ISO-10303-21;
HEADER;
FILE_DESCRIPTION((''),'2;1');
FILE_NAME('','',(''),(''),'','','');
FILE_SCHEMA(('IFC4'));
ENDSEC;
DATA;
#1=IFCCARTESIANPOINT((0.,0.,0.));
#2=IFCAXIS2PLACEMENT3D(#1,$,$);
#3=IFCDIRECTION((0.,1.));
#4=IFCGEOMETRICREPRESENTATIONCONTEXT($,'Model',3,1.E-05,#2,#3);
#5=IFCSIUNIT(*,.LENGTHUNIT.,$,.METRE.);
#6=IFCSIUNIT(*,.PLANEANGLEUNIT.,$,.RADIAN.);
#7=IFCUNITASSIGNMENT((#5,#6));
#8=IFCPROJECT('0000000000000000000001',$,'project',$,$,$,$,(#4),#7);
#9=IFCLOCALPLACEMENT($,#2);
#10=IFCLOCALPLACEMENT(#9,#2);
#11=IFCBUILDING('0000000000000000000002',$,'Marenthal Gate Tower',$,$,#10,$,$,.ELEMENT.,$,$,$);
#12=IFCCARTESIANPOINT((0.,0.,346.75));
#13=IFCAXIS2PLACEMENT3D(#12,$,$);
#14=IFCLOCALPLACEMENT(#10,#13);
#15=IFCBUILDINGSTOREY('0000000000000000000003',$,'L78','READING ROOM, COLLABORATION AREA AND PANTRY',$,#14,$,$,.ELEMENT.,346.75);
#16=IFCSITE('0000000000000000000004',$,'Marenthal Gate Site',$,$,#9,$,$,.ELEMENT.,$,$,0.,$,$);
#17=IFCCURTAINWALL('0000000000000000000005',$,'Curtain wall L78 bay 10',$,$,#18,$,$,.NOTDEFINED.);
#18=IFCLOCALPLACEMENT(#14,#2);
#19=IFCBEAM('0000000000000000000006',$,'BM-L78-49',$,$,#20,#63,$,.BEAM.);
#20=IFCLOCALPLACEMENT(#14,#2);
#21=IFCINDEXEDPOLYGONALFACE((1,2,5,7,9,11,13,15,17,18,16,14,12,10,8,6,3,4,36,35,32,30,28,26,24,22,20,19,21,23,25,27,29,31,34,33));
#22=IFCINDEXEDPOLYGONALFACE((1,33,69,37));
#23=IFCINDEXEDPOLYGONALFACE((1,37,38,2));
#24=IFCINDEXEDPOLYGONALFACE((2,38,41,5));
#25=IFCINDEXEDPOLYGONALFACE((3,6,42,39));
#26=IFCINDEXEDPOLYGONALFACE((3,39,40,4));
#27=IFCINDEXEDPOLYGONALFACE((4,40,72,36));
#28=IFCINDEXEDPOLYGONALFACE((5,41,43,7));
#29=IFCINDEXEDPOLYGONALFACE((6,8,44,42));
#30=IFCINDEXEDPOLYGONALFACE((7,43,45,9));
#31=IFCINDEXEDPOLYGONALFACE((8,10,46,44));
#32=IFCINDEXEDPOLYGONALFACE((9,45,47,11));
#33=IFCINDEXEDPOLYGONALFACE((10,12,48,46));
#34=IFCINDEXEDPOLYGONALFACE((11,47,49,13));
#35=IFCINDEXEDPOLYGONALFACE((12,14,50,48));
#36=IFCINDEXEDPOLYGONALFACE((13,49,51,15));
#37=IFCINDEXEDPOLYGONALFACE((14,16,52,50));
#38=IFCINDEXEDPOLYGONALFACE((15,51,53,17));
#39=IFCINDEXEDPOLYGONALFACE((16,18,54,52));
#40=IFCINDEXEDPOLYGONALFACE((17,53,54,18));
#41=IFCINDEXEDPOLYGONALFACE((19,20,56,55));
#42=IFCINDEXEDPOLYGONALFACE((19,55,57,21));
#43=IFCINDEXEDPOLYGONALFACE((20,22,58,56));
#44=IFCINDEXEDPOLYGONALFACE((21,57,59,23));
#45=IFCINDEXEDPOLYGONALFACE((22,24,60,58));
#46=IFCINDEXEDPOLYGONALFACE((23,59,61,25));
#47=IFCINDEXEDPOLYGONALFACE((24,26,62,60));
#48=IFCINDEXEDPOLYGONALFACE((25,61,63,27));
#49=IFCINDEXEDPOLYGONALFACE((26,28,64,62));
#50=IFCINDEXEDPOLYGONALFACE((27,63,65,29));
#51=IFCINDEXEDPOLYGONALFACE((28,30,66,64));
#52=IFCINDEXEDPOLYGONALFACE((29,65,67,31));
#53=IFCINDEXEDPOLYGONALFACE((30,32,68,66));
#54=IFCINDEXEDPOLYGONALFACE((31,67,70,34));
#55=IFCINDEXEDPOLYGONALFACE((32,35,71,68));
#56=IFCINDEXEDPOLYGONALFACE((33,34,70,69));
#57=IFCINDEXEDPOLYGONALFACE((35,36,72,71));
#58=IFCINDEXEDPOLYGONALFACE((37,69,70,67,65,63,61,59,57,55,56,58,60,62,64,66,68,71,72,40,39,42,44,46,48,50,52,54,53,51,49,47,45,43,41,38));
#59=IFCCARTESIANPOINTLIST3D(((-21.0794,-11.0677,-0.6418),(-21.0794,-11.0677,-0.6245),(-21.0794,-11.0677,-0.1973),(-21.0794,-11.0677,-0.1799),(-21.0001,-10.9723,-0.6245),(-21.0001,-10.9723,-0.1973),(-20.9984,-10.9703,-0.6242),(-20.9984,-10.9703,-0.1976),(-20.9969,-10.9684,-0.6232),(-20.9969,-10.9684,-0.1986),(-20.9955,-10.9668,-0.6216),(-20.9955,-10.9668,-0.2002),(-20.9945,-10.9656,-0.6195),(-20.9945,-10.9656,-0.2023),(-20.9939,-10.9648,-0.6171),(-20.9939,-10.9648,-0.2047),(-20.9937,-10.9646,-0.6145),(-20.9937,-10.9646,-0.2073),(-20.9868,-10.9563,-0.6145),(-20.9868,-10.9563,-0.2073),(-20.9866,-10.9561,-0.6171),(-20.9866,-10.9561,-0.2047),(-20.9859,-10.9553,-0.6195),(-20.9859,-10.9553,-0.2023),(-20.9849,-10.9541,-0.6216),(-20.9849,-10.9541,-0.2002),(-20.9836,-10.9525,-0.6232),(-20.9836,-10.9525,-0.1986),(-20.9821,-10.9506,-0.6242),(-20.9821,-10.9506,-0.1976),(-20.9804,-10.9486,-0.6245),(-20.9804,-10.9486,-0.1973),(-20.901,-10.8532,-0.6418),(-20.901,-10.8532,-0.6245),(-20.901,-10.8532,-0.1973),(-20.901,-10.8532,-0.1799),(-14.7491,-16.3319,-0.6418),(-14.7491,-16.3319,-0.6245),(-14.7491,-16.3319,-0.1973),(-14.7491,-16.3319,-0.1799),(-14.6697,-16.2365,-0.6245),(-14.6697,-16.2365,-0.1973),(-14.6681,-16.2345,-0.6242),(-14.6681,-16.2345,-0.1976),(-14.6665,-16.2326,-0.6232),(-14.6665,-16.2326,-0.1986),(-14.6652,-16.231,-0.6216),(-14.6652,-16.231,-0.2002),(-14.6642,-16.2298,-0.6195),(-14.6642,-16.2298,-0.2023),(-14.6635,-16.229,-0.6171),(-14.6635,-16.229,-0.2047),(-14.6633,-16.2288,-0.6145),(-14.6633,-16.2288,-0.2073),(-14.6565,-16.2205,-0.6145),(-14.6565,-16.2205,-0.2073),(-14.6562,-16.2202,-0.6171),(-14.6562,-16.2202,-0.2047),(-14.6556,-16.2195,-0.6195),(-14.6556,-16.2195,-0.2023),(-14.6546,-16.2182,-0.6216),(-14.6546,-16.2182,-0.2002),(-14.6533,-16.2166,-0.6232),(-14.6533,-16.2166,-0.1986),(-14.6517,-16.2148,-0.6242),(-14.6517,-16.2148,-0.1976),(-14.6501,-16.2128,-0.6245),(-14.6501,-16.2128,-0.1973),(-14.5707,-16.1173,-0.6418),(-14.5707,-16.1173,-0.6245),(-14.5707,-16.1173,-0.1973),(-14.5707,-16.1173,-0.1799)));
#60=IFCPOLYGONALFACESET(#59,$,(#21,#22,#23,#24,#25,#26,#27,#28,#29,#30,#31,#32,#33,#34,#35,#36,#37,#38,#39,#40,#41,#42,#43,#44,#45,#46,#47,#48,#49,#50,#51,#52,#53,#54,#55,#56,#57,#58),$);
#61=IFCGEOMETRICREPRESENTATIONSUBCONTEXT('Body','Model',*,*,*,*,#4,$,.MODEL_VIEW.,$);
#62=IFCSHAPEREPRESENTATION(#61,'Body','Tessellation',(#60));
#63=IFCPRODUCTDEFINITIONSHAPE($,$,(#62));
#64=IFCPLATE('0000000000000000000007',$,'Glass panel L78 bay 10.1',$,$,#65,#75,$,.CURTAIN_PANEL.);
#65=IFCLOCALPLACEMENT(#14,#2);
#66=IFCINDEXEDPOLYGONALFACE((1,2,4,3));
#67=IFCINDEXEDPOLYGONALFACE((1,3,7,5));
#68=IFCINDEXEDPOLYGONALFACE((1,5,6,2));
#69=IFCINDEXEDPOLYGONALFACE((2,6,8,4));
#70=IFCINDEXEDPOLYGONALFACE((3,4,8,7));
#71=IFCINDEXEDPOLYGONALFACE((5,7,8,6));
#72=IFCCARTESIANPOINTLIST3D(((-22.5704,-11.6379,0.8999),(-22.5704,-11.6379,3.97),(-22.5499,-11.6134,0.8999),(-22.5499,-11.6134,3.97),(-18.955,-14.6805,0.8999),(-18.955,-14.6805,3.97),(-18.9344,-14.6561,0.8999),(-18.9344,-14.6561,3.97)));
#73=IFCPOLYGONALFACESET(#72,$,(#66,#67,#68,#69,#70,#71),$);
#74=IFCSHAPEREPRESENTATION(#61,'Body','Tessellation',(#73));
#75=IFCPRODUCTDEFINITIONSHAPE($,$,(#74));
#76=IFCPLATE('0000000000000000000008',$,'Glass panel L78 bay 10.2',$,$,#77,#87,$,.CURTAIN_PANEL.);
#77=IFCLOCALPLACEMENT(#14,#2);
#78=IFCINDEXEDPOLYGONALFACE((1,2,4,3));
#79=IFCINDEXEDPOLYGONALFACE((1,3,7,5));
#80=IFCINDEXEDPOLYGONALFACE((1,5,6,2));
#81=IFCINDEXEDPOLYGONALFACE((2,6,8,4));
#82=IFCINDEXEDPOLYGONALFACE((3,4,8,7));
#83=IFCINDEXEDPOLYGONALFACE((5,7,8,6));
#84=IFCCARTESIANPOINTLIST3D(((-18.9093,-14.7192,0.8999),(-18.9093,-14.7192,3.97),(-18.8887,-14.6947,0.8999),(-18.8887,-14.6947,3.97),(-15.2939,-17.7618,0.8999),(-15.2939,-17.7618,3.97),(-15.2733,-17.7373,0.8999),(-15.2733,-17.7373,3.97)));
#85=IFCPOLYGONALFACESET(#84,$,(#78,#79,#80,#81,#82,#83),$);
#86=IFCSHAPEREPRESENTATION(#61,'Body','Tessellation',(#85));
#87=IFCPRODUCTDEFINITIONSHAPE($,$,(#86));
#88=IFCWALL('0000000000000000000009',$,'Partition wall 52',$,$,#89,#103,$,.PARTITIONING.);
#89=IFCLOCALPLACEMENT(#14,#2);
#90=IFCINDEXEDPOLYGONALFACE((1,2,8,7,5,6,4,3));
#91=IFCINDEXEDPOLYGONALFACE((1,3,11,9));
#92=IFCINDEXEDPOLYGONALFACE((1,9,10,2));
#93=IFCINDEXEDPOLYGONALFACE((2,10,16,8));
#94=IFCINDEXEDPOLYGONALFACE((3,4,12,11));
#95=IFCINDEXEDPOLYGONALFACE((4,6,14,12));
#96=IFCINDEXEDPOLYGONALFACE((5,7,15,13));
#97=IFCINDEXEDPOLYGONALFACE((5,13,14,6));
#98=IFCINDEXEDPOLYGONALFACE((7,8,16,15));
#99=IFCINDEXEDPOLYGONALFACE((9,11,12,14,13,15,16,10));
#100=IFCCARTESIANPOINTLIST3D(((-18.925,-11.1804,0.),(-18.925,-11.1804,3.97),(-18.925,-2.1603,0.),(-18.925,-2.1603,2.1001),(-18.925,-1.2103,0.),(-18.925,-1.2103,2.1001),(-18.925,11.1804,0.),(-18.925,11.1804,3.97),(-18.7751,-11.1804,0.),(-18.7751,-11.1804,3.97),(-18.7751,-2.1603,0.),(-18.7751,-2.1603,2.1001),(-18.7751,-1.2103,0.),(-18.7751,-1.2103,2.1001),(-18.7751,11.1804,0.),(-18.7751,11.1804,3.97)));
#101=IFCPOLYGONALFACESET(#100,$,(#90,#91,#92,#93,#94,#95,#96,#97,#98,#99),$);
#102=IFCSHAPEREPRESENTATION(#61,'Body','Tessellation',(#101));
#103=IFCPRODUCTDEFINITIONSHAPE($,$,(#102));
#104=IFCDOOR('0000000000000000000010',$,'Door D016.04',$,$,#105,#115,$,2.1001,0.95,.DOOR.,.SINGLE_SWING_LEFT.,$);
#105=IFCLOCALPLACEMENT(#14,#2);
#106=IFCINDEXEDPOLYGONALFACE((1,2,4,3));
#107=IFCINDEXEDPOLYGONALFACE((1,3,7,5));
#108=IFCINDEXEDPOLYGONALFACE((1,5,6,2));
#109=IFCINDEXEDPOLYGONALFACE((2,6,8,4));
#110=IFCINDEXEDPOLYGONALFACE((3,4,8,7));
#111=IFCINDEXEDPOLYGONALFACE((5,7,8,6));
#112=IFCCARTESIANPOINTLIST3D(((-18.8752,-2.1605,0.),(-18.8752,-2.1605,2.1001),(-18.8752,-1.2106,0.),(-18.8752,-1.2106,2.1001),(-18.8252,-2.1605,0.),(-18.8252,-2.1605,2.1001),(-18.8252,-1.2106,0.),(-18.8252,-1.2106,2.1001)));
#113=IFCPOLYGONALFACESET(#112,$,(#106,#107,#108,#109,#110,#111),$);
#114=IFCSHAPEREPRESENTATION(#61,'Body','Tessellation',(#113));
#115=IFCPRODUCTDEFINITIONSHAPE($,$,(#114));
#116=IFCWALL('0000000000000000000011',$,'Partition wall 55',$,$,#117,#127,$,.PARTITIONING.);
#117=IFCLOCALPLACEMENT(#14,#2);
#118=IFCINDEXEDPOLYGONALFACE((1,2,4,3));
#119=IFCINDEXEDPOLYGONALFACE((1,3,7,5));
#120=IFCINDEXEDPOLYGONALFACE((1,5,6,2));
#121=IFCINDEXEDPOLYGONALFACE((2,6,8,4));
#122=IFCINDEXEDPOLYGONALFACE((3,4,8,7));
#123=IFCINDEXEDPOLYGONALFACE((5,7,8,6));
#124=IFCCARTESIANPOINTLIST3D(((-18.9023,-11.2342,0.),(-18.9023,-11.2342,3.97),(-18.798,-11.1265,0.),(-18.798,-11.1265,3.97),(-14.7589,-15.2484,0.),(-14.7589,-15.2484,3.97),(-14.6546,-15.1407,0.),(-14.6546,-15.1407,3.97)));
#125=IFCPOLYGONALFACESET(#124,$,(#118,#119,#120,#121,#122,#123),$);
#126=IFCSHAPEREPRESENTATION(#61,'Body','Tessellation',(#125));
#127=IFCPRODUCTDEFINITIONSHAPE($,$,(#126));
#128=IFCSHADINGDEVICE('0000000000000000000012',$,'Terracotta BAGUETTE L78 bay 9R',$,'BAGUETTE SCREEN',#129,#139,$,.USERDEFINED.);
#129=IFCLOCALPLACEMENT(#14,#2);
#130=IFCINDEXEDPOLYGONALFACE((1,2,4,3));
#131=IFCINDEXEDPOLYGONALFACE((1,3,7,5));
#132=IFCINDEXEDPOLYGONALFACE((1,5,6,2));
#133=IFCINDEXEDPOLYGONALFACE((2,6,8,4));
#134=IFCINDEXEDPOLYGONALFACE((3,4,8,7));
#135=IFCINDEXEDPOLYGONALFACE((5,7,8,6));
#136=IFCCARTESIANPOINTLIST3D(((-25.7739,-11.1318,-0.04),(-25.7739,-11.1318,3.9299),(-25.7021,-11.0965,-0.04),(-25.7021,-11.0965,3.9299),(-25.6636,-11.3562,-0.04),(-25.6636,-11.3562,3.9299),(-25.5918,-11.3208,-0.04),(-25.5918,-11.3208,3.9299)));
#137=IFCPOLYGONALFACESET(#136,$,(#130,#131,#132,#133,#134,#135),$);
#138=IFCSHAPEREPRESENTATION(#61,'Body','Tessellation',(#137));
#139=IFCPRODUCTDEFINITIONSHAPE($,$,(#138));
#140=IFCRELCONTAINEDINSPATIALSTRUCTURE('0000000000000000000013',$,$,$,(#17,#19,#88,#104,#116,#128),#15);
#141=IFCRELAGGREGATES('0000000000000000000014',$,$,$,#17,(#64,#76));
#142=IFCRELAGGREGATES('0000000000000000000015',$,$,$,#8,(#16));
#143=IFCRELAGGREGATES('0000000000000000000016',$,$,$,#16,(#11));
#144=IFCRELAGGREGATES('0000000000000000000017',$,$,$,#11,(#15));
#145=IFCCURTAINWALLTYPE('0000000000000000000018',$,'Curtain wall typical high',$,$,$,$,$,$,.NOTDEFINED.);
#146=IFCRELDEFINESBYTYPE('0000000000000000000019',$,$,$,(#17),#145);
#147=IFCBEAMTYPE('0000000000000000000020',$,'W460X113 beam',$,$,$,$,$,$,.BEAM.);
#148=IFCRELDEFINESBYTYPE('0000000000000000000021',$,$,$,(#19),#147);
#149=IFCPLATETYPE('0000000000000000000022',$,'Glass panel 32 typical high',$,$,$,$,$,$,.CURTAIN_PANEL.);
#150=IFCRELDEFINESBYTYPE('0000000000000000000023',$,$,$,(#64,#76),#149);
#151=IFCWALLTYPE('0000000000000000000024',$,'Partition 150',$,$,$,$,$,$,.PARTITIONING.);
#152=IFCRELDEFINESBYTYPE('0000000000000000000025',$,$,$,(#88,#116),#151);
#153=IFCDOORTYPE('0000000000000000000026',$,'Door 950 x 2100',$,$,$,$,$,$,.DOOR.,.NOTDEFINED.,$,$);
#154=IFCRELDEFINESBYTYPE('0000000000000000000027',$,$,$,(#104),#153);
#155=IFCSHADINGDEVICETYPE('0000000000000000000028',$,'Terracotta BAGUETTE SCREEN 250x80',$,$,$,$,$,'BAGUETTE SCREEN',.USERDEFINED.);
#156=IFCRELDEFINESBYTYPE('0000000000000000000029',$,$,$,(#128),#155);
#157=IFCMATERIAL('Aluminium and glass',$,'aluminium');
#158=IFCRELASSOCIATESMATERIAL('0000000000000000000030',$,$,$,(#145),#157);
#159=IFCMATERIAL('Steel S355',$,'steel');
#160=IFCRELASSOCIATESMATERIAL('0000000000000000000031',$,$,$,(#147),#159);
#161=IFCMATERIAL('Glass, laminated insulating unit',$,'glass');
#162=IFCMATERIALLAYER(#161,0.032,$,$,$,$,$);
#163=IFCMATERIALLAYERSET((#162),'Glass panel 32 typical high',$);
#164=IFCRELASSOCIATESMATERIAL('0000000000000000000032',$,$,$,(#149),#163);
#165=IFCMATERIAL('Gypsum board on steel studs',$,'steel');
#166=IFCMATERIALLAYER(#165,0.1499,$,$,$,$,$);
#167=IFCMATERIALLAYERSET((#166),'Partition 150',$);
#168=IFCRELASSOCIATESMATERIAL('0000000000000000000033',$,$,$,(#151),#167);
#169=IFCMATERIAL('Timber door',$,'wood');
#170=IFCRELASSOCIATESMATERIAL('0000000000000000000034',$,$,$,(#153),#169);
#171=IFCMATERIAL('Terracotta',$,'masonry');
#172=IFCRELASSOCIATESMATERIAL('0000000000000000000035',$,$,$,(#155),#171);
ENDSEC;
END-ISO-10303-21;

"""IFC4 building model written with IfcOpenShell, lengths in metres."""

from ifc_helpers import new_model, si_unit, direction, frame, frame_2d, origin, origin_2d, place, context, subcontext, project, spatial, rectangle, i_section, extrude, material, layer, layer_set, material_profile, profile_set, type_object, element, fill, aggregate, save


model = new_model("IFC4")

# Units and contexts
model_context = context("Model", 3, precision=1e-05, world=origin(), true_north=direction((0.0, 1.0)))
body_context = subcontext(model_context, "Body", "Model", "MODEL_VIEW")
ifc_project = project(units=[si_unit("LENGTHUNIT", "METRE"), si_unit("PLANEANGLEUNIT", "RADIAN")], contexts=[model_context])

# Site, building, storey
site_placement = place(None, origin())
site = spatial("IfcSite", under=ifc_project, at=site_placement, Name="Marenthal Gate Site", CompositionType="ELEMENT", RefElevation=0.0)
building_placement = place(site_placement, origin())
building = spatial("IfcBuilding", under=site, at=building_placement, Name="Marenthal Gate Tower", CompositionType="ELEMENT")
storey_placement = place(building_placement, frame((0.0, 0.0, 346.75)))
storey = spatial("IfcBuildingStorey", under=building, at=storey_placement, Name="L78", Description="READING ROOM, COLLABORATION AREA AND PANTRY", CompositionType="ELEMENT", Elevation=346.75)

# Curtain wall
ifc_material_1 = material(Name="Aluminium and glass", Category="aluminium")
curtain_wall_type = type_object("IfcCurtainWallType", Name="Curtain wall typical high", PredefinedType="NOTDEFINED", material=ifc_material_1)
curtain_wall_placement = place(storey_placement, origin())
curtain_wall = element("IfcCurtainWall", 1, at=curtain_wall_placement, inside=storey, type_object=curtain_wall_type, Name="Curtain wall L78 bay 10", PredefinedType="NOTDEFINED")

# Beam
ifc_material_2 = material(Name="Steel S355", Category="steel")
ifc_material_profile_1 = material_profile(ifc_material_2, i_section(OverallWidth=0.2791, OverallDepth=0.4619, WebThickness=0.0107, FlangeThickness=0.0173, FilletRadius=0.01, at=origin_2d()), Name="W460X113")
ifc_profile_set_1 = profile_set([ifc_material_profile_1], Name="Steel S355")
beam_type_1 = type_object("IfcBeamType", Name="W460X113 beam", PredefinedType="BEAM", material=ifc_profile_set_1)
beam_1_placement = place(storey_placement, frame((-20.9902, -10.9604, -0.4109), z_axis=(0.768884, -0.639388, 0.0), x_axis=(0.639388, 0.768884, 0.0)))
element("IfcBeam", 2, at=beam_1_placement, inside=storey, type_object=beam_type_1, Name="BM-L78-49", PredefinedType="BEAM", context=body_context, shape_type="SweptSolid", body=[
    extrude(i_section(OverallWidth=0.2791, OverallDepth=0.4619, WebThickness=0.0107, FlangeThickness=0.0173, FilletRadius=0.01, at=origin_2d()), origin(), (0.0, 0.0, 1.0), 8.2332),
])

# Plates
ifc_material_3 = material(Name="Glass, laminated insulating unit", Category="glass")
ifc_layer_1 = layer(ifc_material_3, 0.032)
ifc_layer_set_1 = layer_set([ifc_layer_1], Name="Glass panel 32 typical high")
plate_type = type_object("IfcPlateType", Name="Glass panel 32 typical high", PredefinedType="CURTAIN_PANEL", material=ifc_layer_set_1)
plate_1_placement = place(storey_placement, frame((-20.7524, -13.147, 0.8999), z_axis=(0.0, 0.0, 1.0), x_axis=(0.765113, -0.643896, 0.0)))
plate_1 = element("IfcPlate", 3, at=plate_1_placement, type_object=plate_type, Name="Glass panel L78 bay 10.1", PredefinedType="CURTAIN_PANEL", context=body_context, shape_type="SweptSolid", body=[
    extrude(rectangle(XDim=4.7253, YDim=0.032, at=origin_2d()), origin(), (0.0, 0.0, 1.0), 3.0701),
])
plate_2_placement = place(storey_placement, frame((-17.0913, -16.2283, 0.8999), z_axis=(0.0, 0.0, 1.0), x_axis=(0.765113, -0.643896, 0.0)))
plate_2 = element("IfcPlate", 4, at=plate_2_placement, type_object=plate_type, Name="Glass panel L78 bay 10.2", PredefinedType="CURTAIN_PANEL", context=body_context, shape_type="SweptSolid", body=[
    extrude(rectangle(XDim=4.7253, YDim=0.032, at=origin_2d()), origin(), (0.0, 0.0, 1.0), 3.0701),
])
aggregate(curtain_wall, [plate_1, plate_2])

# Wall, opening, door
ifc_material_4 = material(Name="Gypsum board on steel studs", Category="steel")
ifc_layer_2 = layer(ifc_material_4, 0.1499)
ifc_layer_set_2 = layer_set([ifc_layer_2], Name="Partition 150")
wall_type_1 = type_object("IfcWallType", Name="Partition 150", PredefinedType="PARTITIONING", material=ifc_layer_set_2)
wall_1_placement = place(storey_placement, frame((-18.8501, -11.1804, 0.0), z_axis=(0.0, 0.0, 1.0), x_axis=(0.0, 1.0, 0.0)))
wall_1 = element("IfcWall", 5, at=wall_1_placement, inside=storey, type_object=wall_type_1, Name="Partition wall 52", PredefinedType="PARTITIONING", context=body_context, shape_type="SweptSolid", body=[
    extrude(rectangle(XDim=22.3608, YDim=0.1499, at=frame_2d((11.1804, 0.0))), origin(), (0.0, 0.0, 1.0), 3.97),
])
opening_1_placement = place(wall_1_placement, frame((9.02, 0.0, 0.0)))
opening_1 = element("IfcOpeningElement", 6, at=opening_1_placement, cuts=wall_1, PredefinedType="OPENING", context=body_context, shape_type="SweptSolid", body=[
    extrude(rectangle(XDim=0.95, YDim=2.1001, at=frame_2d((0.4751, 1.05))), frame((0.0, 0.085, 0.0), z_axis=(0.0, -1.0, 0.0), x_axis=(1.0, 0.0, 0.0)), (0.0, 0.0, 1.0), 0.1699),
])
ifc_material_5 = material(Name="Timber door", Category="wood")
door_type_1 = type_object("IfcDoorType", Name="Door 950 x 2100", OperationType="NOTDEFINED", PredefinedType="DOOR", material=ifc_material_5)
door_1_placement = place(opening_1_placement, frame((0.95, 0.0, 0.0), z_axis=(0.0, 0.0, 1.0), x_axis=(-1.0, 0.0, 0.0)))
door_1 = element("IfcDoor", 7, at=door_1_placement, inside=storey, type_object=door_type_1, Name="Door D016.04", OperationType="SINGLE_SWING_LEFT", OverallHeight=2.1001, OverallWidth=0.95, PredefinedType="DOOR", context=body_context, shape_type="SweptSolid", body=[
    extrude(rectangle(XDim=0.95, YDim=2.1001, at=frame_2d((0.4751, 1.05))), frame((0.0, 0.0249, 0.0), z_axis=(0.0, -1.0, 0.0), x_axis=(1.0, 0.0, 0.0)), (0.0, 0.0, 1.0), 0.05),
])
fill(opening_1, door_1)

# Wall
wall_2_placement = place(storey_placement, frame((-14.7068, -15.1946, 0.0), z_axis=(0.0, 0.0, 1.0), x_axis=(-0.718212, 0.695825, 0.0)))
element("IfcWall", 8, at=wall_2_placement, inside=storey, type_object=wall_type_1, Name="Partition wall 55", PredefinedType="PARTITIONING", context=body_context, shape_type="SweptSolid", body=[
    extrude(rectangle(XDim=5.769, YDim=0.1499, at=frame_2d((2.8845, 0.0))), origin(), (0.0, 0.0, 1.0), 3.97),
])

# Shading device
ifc_material_6 = material(Name="Terracotta", Category="masonry")
ifc_material_profile_2 = material_profile(ifc_material_6, rectangle(XDim=0.25, YDim=0.0801, at=origin_2d()), Name="Terracotta baguette 250x80")
ifc_profile_set_2 = profile_set([ifc_material_profile_2], Name="Terracotta")
shading_device_type = type_object("IfcShadingDeviceType", Name="Terracotta BAGUETTE SCREEN 250x80", ElementType="BAGUETTE SCREEN", PredefinedType="USERDEFINED", material=ifc_profile_set_2)
shading_device_placement = place(storey_placement, frame((-25.6829, -11.2263, -0.04), z_axis=(0.0, 0.0, 1.0), x_axis=(0.441181, -0.897418, 0.0)))
element("IfcShadingDevice", 9, at=shading_device_placement, inside=storey, type_object=shading_device_type, Name="Terracotta BAGUETTE L78 bay 9R", ObjectType="BAGUETTE SCREEN", PredefinedType="USERDEFINED", context=body_context, shape_type="SweptSolid", body=[
    extrude(rectangle(XDim=0.25, YDim=0.0801, at=origin_2d()), origin(), (0.0, 0.0, 1.0), 3.97),
])

save(model, "model.ifc")
